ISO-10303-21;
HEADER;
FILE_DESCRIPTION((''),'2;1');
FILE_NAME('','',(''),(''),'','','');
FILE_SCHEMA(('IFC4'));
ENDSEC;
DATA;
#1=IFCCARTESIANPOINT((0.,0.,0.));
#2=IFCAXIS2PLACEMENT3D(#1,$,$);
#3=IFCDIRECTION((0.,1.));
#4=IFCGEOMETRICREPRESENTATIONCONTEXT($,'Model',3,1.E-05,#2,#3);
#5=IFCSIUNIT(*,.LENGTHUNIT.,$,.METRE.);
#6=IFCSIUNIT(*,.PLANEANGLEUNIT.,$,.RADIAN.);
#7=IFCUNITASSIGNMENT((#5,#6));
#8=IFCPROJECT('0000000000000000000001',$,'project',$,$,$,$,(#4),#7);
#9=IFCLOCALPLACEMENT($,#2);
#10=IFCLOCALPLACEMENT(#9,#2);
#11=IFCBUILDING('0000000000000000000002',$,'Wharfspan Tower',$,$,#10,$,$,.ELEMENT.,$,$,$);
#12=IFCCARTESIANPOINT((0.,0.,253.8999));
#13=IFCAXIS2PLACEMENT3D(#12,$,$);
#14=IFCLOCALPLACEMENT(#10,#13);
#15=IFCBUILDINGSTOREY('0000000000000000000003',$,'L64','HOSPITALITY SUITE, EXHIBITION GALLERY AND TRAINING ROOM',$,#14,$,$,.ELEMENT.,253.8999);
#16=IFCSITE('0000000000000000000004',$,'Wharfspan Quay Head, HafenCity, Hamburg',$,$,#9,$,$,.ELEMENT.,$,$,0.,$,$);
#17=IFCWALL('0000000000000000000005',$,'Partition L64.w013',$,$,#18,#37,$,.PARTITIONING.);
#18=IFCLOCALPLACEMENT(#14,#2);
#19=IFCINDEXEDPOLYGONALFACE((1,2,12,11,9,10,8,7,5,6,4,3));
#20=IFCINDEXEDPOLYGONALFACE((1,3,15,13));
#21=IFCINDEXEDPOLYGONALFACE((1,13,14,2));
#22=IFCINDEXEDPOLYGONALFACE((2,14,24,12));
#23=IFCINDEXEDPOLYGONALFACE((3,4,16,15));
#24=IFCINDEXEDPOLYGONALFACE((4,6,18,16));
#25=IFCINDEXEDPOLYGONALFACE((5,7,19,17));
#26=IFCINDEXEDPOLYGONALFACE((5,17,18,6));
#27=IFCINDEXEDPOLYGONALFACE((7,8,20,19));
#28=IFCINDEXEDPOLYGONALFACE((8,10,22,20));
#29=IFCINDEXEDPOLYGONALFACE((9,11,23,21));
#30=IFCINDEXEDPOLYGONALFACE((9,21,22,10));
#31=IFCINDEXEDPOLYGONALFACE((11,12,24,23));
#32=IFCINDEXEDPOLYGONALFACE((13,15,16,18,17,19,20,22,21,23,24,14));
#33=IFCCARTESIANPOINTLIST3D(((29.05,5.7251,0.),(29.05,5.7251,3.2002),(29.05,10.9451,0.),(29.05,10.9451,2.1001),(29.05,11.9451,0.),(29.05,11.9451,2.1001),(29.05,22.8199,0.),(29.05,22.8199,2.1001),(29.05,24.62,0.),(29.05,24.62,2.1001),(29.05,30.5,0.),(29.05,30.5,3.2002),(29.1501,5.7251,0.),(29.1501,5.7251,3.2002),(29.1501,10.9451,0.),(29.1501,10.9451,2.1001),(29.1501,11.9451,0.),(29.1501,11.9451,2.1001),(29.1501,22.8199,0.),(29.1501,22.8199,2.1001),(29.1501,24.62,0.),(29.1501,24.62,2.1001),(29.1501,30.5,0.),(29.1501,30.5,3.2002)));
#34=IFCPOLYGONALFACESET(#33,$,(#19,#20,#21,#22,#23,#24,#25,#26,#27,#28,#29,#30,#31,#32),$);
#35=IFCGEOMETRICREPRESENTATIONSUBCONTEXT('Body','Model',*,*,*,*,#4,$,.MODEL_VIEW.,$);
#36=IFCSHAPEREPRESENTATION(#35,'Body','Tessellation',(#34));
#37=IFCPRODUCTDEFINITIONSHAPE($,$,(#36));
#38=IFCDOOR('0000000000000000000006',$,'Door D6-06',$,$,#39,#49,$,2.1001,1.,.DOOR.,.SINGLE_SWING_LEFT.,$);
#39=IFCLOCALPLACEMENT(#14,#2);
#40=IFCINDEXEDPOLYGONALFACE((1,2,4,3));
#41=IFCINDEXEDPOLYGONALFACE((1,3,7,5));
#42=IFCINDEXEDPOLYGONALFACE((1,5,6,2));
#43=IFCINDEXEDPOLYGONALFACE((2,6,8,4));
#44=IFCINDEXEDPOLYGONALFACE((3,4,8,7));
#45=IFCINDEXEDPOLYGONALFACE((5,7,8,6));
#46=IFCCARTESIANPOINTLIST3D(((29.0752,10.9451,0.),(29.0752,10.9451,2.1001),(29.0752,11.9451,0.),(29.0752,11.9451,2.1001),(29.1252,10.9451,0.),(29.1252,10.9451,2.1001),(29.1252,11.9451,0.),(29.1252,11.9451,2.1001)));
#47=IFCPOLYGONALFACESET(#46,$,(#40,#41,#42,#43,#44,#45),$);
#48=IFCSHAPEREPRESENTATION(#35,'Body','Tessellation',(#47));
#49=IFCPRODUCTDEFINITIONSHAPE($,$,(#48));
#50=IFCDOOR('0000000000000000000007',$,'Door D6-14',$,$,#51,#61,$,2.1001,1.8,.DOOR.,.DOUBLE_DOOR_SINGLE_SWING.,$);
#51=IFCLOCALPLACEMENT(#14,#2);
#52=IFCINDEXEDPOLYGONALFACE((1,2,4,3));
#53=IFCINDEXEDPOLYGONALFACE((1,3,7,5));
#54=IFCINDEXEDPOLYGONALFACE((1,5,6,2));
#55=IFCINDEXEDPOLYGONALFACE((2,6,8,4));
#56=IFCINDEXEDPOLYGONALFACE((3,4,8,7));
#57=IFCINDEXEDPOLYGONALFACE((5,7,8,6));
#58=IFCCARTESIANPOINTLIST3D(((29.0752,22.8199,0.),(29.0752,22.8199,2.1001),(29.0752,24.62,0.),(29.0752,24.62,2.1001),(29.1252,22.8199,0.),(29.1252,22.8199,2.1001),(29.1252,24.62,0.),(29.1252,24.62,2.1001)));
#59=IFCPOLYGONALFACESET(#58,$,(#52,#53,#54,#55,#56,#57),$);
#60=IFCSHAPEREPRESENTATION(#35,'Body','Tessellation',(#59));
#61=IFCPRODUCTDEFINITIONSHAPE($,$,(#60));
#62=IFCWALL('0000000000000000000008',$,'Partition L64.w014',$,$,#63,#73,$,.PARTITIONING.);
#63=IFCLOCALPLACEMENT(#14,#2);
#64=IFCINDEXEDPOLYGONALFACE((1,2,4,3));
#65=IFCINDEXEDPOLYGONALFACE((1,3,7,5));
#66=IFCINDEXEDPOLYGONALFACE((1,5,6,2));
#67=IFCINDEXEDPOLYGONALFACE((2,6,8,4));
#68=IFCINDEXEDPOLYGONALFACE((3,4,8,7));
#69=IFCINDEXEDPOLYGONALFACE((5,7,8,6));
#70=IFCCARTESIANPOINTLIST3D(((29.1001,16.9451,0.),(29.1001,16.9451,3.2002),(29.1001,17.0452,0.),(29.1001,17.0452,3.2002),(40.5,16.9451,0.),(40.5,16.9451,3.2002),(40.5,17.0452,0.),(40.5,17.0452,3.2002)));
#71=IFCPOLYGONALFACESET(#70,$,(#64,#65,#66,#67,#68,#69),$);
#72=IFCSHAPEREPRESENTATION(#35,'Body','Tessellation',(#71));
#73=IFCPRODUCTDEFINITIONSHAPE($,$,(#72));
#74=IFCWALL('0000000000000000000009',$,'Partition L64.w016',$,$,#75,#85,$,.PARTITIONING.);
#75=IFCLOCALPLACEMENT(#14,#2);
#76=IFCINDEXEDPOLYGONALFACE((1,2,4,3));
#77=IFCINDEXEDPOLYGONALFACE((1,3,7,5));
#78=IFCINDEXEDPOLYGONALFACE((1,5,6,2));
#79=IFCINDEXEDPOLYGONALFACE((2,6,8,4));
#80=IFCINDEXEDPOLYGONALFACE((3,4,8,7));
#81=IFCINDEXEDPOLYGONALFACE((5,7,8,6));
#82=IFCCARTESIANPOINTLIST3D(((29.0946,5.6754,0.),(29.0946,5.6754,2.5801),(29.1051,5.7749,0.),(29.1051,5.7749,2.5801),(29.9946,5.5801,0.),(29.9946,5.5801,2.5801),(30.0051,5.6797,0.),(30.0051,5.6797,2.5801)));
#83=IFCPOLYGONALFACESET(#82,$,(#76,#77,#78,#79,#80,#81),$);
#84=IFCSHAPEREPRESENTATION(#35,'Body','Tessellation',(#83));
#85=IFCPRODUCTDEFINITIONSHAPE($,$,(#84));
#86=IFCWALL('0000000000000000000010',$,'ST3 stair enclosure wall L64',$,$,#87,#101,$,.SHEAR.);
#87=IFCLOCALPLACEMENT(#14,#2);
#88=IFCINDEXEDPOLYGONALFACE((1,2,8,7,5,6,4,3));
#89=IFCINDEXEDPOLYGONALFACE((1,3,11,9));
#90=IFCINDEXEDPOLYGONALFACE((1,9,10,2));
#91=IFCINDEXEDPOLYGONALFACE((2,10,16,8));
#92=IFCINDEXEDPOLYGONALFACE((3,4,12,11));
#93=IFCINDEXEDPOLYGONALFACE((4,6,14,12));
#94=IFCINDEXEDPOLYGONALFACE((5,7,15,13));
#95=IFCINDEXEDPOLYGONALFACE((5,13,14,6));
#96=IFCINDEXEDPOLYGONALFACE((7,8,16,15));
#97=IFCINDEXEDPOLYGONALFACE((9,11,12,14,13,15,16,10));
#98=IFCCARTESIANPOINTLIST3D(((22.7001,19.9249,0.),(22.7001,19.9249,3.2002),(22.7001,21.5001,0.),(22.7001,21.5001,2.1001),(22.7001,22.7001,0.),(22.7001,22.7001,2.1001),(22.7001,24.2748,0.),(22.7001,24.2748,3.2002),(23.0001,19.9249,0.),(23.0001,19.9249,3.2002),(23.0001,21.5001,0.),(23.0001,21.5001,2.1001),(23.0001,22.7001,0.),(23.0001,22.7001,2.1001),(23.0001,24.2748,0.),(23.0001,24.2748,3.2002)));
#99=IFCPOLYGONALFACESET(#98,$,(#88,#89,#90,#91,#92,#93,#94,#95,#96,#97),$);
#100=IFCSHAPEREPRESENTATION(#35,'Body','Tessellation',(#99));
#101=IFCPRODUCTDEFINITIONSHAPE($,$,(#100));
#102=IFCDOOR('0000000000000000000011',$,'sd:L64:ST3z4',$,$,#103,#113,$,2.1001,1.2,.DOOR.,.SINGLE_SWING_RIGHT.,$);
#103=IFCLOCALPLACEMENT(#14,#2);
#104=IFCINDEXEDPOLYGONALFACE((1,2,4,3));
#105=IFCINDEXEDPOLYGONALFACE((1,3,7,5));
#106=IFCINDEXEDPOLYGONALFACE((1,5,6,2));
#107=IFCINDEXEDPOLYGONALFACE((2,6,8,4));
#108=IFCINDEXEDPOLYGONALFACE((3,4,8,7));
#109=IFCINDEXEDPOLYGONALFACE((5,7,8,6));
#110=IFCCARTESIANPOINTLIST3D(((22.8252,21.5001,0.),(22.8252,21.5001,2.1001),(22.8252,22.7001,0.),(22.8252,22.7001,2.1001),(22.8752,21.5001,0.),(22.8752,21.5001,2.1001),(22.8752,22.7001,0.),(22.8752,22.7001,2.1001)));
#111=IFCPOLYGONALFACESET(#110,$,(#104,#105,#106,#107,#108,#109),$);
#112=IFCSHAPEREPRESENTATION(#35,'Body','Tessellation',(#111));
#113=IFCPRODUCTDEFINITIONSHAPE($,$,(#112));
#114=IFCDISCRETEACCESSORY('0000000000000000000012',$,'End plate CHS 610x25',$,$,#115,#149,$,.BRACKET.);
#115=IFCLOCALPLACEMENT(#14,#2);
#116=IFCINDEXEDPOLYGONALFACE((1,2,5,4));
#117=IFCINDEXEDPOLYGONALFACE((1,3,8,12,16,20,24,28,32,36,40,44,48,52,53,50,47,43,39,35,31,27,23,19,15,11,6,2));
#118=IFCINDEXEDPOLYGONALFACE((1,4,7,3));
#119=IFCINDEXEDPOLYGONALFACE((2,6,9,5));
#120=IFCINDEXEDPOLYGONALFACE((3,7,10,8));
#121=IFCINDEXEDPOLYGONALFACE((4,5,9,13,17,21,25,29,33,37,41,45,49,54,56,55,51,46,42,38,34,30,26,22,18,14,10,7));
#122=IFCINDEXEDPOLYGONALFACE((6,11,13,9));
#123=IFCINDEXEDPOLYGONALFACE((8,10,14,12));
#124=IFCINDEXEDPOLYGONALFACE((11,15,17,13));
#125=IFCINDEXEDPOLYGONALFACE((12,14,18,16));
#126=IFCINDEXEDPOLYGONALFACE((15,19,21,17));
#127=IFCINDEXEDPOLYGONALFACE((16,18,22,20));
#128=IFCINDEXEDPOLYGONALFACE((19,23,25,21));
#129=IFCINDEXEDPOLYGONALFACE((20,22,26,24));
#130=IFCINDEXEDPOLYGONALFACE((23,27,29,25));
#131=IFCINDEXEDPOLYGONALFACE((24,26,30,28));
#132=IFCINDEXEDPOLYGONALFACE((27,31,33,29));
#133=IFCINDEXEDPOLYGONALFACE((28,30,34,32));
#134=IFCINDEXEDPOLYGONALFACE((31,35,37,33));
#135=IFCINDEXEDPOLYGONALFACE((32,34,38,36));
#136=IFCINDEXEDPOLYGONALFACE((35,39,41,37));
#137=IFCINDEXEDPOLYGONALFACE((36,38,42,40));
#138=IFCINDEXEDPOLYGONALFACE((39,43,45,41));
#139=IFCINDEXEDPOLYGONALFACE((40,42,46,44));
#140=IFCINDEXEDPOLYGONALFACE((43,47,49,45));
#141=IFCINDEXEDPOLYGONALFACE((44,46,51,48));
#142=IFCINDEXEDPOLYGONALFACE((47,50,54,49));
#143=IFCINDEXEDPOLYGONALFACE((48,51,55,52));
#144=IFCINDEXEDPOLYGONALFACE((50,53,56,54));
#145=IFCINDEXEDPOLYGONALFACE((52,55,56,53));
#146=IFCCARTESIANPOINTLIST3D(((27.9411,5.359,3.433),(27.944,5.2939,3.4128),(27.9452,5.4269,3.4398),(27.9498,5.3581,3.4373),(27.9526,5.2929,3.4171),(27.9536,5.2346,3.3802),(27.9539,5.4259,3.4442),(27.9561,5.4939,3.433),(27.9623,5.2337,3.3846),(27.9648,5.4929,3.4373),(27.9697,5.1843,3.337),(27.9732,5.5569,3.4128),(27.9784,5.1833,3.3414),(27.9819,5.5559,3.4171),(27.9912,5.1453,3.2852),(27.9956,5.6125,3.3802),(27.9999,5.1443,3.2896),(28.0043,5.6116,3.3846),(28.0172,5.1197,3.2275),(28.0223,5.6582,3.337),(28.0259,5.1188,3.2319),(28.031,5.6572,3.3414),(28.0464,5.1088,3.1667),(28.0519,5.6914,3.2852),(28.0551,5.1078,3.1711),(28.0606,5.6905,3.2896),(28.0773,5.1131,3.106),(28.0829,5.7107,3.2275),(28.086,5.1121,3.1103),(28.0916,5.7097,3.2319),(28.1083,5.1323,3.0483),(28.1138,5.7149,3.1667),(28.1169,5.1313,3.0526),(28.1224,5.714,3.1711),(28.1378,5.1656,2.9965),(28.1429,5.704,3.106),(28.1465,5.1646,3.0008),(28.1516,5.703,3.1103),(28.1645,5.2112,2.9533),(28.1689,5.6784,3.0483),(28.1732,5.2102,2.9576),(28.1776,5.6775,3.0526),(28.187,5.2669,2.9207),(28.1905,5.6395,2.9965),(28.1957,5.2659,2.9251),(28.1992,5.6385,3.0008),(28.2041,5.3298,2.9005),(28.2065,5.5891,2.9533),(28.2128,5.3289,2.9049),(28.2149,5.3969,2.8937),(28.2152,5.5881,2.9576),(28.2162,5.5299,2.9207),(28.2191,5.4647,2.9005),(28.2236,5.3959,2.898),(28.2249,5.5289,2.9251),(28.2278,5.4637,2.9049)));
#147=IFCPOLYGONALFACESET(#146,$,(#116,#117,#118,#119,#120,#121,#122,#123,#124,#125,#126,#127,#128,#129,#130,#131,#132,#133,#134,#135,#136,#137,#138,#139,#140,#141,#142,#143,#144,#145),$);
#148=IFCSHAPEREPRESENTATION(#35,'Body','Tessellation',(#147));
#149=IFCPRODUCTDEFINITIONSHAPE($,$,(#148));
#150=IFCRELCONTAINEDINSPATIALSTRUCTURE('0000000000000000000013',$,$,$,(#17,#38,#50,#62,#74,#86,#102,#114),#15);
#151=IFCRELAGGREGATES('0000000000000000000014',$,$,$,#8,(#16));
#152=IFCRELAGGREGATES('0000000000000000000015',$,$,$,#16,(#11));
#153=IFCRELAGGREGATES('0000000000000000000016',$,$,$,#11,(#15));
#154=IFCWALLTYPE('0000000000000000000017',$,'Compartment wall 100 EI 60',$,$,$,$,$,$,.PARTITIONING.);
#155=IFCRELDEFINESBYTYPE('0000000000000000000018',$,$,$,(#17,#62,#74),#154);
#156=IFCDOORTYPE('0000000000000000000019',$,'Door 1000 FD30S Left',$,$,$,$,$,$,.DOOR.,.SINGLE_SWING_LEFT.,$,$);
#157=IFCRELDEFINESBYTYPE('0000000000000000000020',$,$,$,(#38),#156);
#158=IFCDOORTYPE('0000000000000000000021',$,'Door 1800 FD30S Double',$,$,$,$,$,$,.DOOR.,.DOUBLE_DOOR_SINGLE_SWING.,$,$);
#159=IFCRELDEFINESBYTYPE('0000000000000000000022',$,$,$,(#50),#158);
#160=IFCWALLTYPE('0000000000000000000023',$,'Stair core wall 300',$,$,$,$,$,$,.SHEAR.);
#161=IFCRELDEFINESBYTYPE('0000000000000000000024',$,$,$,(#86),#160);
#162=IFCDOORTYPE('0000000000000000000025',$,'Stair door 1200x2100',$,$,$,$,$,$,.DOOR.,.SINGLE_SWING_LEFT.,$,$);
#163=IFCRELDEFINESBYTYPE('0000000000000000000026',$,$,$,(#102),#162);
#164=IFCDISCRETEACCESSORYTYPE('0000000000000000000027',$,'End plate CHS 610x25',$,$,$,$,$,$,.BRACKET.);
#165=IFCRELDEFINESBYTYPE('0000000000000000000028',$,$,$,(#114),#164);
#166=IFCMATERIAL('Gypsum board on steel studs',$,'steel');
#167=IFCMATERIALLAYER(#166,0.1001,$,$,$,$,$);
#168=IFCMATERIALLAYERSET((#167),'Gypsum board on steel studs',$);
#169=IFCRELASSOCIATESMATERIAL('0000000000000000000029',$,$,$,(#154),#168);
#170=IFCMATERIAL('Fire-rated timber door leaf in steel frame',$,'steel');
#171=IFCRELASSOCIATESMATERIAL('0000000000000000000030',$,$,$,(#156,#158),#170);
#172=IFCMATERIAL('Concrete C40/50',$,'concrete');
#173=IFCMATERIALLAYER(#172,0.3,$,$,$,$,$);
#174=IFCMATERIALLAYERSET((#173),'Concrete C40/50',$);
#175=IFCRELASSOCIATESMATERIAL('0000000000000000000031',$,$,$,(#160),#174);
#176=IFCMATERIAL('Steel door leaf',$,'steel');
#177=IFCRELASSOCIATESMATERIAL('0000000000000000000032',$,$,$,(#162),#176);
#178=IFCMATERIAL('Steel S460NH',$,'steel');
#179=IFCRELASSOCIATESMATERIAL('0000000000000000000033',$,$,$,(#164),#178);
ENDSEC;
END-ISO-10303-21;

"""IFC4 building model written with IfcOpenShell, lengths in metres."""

from ifc_helpers import new_model, si_unit, direction, frame, frame_2d, origin, origin_2d, place, context, subcontext, project, spatial, rectangle, circle, extrude, material, layer, layer_set, material_profile, profile_set, type_object, element, fill, save


model = new_model("IFC4")

# Units and contexts
model_context = context("Model", 3, precision=1e-05, world=origin(), true_north=direction((0.0, 1.0)))
body_context = subcontext(model_context, "Body", "Model", "MODEL_VIEW")
ifc_project = project(units=[si_unit("LENGTHUNIT", "METRE"), si_unit("PLANEANGLEUNIT", "RADIAN")], contexts=[model_context])

# Site, building, storey
site_placement = place(None, origin())
site = spatial("IfcSite", under=ifc_project, at=site_placement, Name="Wharfspan Quay Head, HafenCity, Hamburg", CompositionType="ELEMENT", RefElevation=0.0)
building_placement = place(site_placement, origin())
building = spatial("IfcBuilding", under=site, at=building_placement, Name="Wharfspan Tower", CompositionType="ELEMENT")
storey_placement = place(building_placement, frame((0.0, 0.0, 253.8999)))
storey = spatial("IfcBuildingStorey", under=building, at=storey_placement, Name="L64", Description="HOSPITALITY SUITE, EXHIBITION GALLERY AND TRAINING ROOM", CompositionType="ELEMENT", Elevation=253.8999)

# Shared definitions
ifc_material_1 = material(Name="Steel S460NH", Category="steel")

# Shared definitions
ifc_material_2 = material(Name="Gypsum board on steel studs", Category="steel")
ifc_layer_1 = layer(ifc_material_2, 0.1001)
ifc_layer_set_1 = layer_set([ifc_layer_1], Name="Gypsum board on steel studs")
wall_type_1 = type_object("IfcWallType", Name="Compartment wall 100 EI 60", PredefinedType="PARTITIONING", material=ifc_layer_set_1)

# Shared definitions
ifc_material_3 = material(Name="Fire-rated timber door leaf in steel frame", Category="steel")
door_type_1 = type_object("IfcDoorType", Name="Door 1000 FD30S Left", OperationType="SINGLE_SWING_LEFT", PredefinedType="DOOR", material=ifc_material_3)

# Wall, openings, doors
wall_1_placement = place(storey_placement, frame((29.1001, 5.7251, 0.0), z_axis=(0.0, 0.0, 1.0), x_axis=(0.0, 1.0, 0.0)))
wall_1 = element("IfcWall", 1, at=wall_1_placement, inside=storey, type_object=wall_type_1, Name="Partition L64.w013", PredefinedType="PARTITIONING", context=body_context, shape_type="SweptSolid", body=[
    extrude(rectangle(XDim=24.7749, YDim=0.1001, at=frame_2d((12.3875, 0.0))), origin(), (0.0, 0.0, 1.0), 3.2002),
])
opening_1_placement = place(wall_1_placement, frame((5.22, 0.0, 0.0)))
opening_1 = element("IfcOpeningElement", 2, at=opening_1_placement, cuts=wall_1, PredefinedType="OPENING", context=body_context, shape_type="SweptSolid", body=[
    extrude(rectangle(XDim=1.0, YDim=2.1001, at=frame_2d((0.5, 1.05))), frame((0.0, 0.0601, 0.0), z_axis=(0.0, -1.0, 0.0), x_axis=(1.0, 0.0, 0.0)), (0.0, 0.0, 1.0), 0.1201),
])
opening_2_placement = place(wall_1_placement, frame((17.095, 0.0, 0.0)))
opening_2 = element("IfcOpeningElement", 3, at=opening_2_placement, cuts=wall_1, PredefinedType="OPENING", context=body_context, shape_type="SweptSolid", body=[
    extrude(rectangle(XDim=1.8, YDim=2.1001, at=frame_2d((0.8999, 1.05))), frame((0.0, 0.0601, 0.0), z_axis=(0.0, -1.0, 0.0), x_axis=(1.0, 0.0, 0.0)), (0.0, 0.0, 1.0), 0.1201),
])
door_1_placement = place(opening_1_placement, origin())
door_1 = element("IfcDoor", 4, at=door_1_placement, inside=storey, type_object=door_type_1, Name="Door D6-06", OperationType="SINGLE_SWING_LEFT", OverallHeight=2.1001, OverallWidth=1.0, PredefinedType="DOOR", context=body_context, shape_type="SweptSolid", body=[
    extrude(rectangle(XDim=1.0, YDim=2.1001, at=frame_2d((0.5, 1.05))), frame((0.0, 0.0249, 0.0), z_axis=(0.0, -1.0, 0.0), x_axis=(1.0, 0.0, 0.0)), (0.0, 0.0, 1.0), 0.05),
])
fill(opening_1, door_1)
door_type_2 = type_object("IfcDoorType", Name="Door 1800 FD30S Double", OperationType="DOUBLE_DOOR_SINGLE_SWING", PredefinedType="DOOR", material=ifc_material_3)
door_2_placement = place(opening_2_placement, origin())
door_2 = element("IfcDoor", 5, at=door_2_placement, inside=storey, type_object=door_type_2, Name="Door D6-14", OperationType="DOUBLE_DOOR_SINGLE_SWING", OverallHeight=2.1001, OverallWidth=1.8, PredefinedType="DOOR", context=body_context, shape_type="SweptSolid", body=[
    extrude(rectangle(XDim=1.8, YDim=2.1001, at=frame_2d((0.8999, 1.05))), frame((0.0, 0.0249, 0.0), z_axis=(0.0, -1.0, 0.0), x_axis=(1.0, 0.0, 0.0)), (0.0, 0.0, 1.0), 0.05),
])
fill(opening_2, door_2)

# Walls
wall_2_placement = place(storey_placement, frame((29.1001, 16.9951, 0.0), z_axis=(0.0, 0.0, 1.0), x_axis=(1.0, 0.0, 0.0)))
element("IfcWall", 6, at=wall_2_placement, inside=storey, type_object=wall_type_1, Name="Partition L64.w014", PredefinedType="PARTITIONING", context=body_context, shape_type="SweptSolid", body=[
    extrude(rectangle(XDim=11.3999, YDim=0.1001, at=frame_2d((5.7, 0.0))), origin(), (0.0, 0.0, 1.0), 3.2002),
])
wall_3_placement = place(storey_placement, frame((30.0, 5.6299, 0.0), z_axis=(0.0, 0.0, 1.0), x_axis=(-0.994445, 0.105218, 0.0)))
element("IfcWall", 7, at=wall_3_placement, inside=storey, type_object=wall_type_1, Name="Partition L64.w016", PredefinedType="PARTITIONING", context=body_context, shape_type="SweptSolid", body=[
    extrude(rectangle(XDim=0.905, YDim=0.1001, at=frame_2d((0.4526, 0.0))), origin(), (0.0, 0.0, 1.0), 2.5801),
])

# Wall, opening, door
ifc_material_4 = material(Name="Concrete C40/50", Category="concrete")
ifc_layer_2 = layer(ifc_material_4, 0.3)
ifc_layer_set_2 = layer_set([ifc_layer_2], Name="Concrete C40/50")
wall_type_2 = type_object("IfcWallType", Name="Stair core wall 300", PredefinedType="SHEAR", material=ifc_layer_set_2)
wall_4_placement = place(storey_placement, frame((22.8501, 19.925, 0.0), z_axis=(0.0, 0.0, 1.0), x_axis=(0.0, 1.0, 0.0)))
wall_4 = element("IfcWall", 8, at=wall_4_placement, inside=storey, type_object=wall_type_2, Name="ST3 stair enclosure wall L64", PredefinedType="SHEAR", context=body_context, shape_type="SweptSolid", body=[
    extrude(rectangle(XDim=4.3499, YDim=0.3, at=frame_2d((2.1748, 0.0))), origin(), (0.0, 0.0, 1.0), 3.2002),
])
opening_3_placement = place(wall_4_placement, frame((1.575, 0.0, 0.0)))
opening_3 = element("IfcOpeningElement", 9, at=opening_3_placement, cuts=wall_4, PredefinedType="OPENING", context=body_context, shape_type="SweptSolid", body=[
    extrude(rectangle(XDim=1.2, YDim=2.1001, at=frame_2d((0.6001, 1.05))), frame((0.0, 0.1599, 0.0), z_axis=(0.0, -1.0, 0.0), x_axis=(1.0, 0.0, 0.0)), (0.0, 0.0, 1.0), 0.3201),
])
ifc_material_5 = material(Name="Steel door leaf", Category="steel")
door_type_3 = type_object("IfcDoorType", Name="Stair door 1200x2100", OperationType="SINGLE_SWING_LEFT", PredefinedType="DOOR", material=ifc_material_5)
door_3_placement = place(opening_3_placement, origin())
door_3 = element("IfcDoor", 10, at=door_3_placement, inside=storey, type_object=door_type_3, Name="sd:L64:ST3z4", OperationType="SINGLE_SWING_RIGHT", OverallHeight=2.1001, OverallWidth=1.2, PredefinedType="DOOR", context=body_context, shape_type="SweptSolid", body=[
    extrude(rectangle(XDim=1.2, YDim=2.1001, at=frame_2d((0.6001, 1.05))), frame((0.0, 0.0249, 0.0), z_axis=(0.0, -1.0, 0.0), x_axis=(1.0, 0.0, 0.0)), (0.0, 0.0, 1.0), 0.05),
])
fill(opening_3, door_3)

# Discrete accessory
ifc_material_profile_1 = material_profile(ifc_material_1, circle(Radius=0.3049, at=origin_2d()))
ifc_profile_set_1 = profile_set([ifc_material_profile_1], Name="Steel S460NH")
discrete_accessory_type = type_object("IfcDiscreteAccessoryType", Name="End plate CHS 610x25", PredefinedType="BRACKET", material=ifc_profile_set_1)
discrete_accessory_placement = place(storey_placement, frame((28.0801, 5.4119, 3.1667), z_axis=(0.890043, -0.098894, 0.445021), x_axis=(0.110431, 0.99388, 0.000001)))
element("IfcDiscreteAccessory", 11, at=discrete_accessory_placement, inside=storey, type_object=discrete_accessory_type, Name="End plate CHS 610x25", PredefinedType="BRACKET", context=body_context, shape_type="SweptSolid", body=[
    extrude(circle(Radius=0.3049, at=origin_2d()), origin(), (0.0, 0.0, 1.0), 0.0098),
])

save(model, "model.ifc")
